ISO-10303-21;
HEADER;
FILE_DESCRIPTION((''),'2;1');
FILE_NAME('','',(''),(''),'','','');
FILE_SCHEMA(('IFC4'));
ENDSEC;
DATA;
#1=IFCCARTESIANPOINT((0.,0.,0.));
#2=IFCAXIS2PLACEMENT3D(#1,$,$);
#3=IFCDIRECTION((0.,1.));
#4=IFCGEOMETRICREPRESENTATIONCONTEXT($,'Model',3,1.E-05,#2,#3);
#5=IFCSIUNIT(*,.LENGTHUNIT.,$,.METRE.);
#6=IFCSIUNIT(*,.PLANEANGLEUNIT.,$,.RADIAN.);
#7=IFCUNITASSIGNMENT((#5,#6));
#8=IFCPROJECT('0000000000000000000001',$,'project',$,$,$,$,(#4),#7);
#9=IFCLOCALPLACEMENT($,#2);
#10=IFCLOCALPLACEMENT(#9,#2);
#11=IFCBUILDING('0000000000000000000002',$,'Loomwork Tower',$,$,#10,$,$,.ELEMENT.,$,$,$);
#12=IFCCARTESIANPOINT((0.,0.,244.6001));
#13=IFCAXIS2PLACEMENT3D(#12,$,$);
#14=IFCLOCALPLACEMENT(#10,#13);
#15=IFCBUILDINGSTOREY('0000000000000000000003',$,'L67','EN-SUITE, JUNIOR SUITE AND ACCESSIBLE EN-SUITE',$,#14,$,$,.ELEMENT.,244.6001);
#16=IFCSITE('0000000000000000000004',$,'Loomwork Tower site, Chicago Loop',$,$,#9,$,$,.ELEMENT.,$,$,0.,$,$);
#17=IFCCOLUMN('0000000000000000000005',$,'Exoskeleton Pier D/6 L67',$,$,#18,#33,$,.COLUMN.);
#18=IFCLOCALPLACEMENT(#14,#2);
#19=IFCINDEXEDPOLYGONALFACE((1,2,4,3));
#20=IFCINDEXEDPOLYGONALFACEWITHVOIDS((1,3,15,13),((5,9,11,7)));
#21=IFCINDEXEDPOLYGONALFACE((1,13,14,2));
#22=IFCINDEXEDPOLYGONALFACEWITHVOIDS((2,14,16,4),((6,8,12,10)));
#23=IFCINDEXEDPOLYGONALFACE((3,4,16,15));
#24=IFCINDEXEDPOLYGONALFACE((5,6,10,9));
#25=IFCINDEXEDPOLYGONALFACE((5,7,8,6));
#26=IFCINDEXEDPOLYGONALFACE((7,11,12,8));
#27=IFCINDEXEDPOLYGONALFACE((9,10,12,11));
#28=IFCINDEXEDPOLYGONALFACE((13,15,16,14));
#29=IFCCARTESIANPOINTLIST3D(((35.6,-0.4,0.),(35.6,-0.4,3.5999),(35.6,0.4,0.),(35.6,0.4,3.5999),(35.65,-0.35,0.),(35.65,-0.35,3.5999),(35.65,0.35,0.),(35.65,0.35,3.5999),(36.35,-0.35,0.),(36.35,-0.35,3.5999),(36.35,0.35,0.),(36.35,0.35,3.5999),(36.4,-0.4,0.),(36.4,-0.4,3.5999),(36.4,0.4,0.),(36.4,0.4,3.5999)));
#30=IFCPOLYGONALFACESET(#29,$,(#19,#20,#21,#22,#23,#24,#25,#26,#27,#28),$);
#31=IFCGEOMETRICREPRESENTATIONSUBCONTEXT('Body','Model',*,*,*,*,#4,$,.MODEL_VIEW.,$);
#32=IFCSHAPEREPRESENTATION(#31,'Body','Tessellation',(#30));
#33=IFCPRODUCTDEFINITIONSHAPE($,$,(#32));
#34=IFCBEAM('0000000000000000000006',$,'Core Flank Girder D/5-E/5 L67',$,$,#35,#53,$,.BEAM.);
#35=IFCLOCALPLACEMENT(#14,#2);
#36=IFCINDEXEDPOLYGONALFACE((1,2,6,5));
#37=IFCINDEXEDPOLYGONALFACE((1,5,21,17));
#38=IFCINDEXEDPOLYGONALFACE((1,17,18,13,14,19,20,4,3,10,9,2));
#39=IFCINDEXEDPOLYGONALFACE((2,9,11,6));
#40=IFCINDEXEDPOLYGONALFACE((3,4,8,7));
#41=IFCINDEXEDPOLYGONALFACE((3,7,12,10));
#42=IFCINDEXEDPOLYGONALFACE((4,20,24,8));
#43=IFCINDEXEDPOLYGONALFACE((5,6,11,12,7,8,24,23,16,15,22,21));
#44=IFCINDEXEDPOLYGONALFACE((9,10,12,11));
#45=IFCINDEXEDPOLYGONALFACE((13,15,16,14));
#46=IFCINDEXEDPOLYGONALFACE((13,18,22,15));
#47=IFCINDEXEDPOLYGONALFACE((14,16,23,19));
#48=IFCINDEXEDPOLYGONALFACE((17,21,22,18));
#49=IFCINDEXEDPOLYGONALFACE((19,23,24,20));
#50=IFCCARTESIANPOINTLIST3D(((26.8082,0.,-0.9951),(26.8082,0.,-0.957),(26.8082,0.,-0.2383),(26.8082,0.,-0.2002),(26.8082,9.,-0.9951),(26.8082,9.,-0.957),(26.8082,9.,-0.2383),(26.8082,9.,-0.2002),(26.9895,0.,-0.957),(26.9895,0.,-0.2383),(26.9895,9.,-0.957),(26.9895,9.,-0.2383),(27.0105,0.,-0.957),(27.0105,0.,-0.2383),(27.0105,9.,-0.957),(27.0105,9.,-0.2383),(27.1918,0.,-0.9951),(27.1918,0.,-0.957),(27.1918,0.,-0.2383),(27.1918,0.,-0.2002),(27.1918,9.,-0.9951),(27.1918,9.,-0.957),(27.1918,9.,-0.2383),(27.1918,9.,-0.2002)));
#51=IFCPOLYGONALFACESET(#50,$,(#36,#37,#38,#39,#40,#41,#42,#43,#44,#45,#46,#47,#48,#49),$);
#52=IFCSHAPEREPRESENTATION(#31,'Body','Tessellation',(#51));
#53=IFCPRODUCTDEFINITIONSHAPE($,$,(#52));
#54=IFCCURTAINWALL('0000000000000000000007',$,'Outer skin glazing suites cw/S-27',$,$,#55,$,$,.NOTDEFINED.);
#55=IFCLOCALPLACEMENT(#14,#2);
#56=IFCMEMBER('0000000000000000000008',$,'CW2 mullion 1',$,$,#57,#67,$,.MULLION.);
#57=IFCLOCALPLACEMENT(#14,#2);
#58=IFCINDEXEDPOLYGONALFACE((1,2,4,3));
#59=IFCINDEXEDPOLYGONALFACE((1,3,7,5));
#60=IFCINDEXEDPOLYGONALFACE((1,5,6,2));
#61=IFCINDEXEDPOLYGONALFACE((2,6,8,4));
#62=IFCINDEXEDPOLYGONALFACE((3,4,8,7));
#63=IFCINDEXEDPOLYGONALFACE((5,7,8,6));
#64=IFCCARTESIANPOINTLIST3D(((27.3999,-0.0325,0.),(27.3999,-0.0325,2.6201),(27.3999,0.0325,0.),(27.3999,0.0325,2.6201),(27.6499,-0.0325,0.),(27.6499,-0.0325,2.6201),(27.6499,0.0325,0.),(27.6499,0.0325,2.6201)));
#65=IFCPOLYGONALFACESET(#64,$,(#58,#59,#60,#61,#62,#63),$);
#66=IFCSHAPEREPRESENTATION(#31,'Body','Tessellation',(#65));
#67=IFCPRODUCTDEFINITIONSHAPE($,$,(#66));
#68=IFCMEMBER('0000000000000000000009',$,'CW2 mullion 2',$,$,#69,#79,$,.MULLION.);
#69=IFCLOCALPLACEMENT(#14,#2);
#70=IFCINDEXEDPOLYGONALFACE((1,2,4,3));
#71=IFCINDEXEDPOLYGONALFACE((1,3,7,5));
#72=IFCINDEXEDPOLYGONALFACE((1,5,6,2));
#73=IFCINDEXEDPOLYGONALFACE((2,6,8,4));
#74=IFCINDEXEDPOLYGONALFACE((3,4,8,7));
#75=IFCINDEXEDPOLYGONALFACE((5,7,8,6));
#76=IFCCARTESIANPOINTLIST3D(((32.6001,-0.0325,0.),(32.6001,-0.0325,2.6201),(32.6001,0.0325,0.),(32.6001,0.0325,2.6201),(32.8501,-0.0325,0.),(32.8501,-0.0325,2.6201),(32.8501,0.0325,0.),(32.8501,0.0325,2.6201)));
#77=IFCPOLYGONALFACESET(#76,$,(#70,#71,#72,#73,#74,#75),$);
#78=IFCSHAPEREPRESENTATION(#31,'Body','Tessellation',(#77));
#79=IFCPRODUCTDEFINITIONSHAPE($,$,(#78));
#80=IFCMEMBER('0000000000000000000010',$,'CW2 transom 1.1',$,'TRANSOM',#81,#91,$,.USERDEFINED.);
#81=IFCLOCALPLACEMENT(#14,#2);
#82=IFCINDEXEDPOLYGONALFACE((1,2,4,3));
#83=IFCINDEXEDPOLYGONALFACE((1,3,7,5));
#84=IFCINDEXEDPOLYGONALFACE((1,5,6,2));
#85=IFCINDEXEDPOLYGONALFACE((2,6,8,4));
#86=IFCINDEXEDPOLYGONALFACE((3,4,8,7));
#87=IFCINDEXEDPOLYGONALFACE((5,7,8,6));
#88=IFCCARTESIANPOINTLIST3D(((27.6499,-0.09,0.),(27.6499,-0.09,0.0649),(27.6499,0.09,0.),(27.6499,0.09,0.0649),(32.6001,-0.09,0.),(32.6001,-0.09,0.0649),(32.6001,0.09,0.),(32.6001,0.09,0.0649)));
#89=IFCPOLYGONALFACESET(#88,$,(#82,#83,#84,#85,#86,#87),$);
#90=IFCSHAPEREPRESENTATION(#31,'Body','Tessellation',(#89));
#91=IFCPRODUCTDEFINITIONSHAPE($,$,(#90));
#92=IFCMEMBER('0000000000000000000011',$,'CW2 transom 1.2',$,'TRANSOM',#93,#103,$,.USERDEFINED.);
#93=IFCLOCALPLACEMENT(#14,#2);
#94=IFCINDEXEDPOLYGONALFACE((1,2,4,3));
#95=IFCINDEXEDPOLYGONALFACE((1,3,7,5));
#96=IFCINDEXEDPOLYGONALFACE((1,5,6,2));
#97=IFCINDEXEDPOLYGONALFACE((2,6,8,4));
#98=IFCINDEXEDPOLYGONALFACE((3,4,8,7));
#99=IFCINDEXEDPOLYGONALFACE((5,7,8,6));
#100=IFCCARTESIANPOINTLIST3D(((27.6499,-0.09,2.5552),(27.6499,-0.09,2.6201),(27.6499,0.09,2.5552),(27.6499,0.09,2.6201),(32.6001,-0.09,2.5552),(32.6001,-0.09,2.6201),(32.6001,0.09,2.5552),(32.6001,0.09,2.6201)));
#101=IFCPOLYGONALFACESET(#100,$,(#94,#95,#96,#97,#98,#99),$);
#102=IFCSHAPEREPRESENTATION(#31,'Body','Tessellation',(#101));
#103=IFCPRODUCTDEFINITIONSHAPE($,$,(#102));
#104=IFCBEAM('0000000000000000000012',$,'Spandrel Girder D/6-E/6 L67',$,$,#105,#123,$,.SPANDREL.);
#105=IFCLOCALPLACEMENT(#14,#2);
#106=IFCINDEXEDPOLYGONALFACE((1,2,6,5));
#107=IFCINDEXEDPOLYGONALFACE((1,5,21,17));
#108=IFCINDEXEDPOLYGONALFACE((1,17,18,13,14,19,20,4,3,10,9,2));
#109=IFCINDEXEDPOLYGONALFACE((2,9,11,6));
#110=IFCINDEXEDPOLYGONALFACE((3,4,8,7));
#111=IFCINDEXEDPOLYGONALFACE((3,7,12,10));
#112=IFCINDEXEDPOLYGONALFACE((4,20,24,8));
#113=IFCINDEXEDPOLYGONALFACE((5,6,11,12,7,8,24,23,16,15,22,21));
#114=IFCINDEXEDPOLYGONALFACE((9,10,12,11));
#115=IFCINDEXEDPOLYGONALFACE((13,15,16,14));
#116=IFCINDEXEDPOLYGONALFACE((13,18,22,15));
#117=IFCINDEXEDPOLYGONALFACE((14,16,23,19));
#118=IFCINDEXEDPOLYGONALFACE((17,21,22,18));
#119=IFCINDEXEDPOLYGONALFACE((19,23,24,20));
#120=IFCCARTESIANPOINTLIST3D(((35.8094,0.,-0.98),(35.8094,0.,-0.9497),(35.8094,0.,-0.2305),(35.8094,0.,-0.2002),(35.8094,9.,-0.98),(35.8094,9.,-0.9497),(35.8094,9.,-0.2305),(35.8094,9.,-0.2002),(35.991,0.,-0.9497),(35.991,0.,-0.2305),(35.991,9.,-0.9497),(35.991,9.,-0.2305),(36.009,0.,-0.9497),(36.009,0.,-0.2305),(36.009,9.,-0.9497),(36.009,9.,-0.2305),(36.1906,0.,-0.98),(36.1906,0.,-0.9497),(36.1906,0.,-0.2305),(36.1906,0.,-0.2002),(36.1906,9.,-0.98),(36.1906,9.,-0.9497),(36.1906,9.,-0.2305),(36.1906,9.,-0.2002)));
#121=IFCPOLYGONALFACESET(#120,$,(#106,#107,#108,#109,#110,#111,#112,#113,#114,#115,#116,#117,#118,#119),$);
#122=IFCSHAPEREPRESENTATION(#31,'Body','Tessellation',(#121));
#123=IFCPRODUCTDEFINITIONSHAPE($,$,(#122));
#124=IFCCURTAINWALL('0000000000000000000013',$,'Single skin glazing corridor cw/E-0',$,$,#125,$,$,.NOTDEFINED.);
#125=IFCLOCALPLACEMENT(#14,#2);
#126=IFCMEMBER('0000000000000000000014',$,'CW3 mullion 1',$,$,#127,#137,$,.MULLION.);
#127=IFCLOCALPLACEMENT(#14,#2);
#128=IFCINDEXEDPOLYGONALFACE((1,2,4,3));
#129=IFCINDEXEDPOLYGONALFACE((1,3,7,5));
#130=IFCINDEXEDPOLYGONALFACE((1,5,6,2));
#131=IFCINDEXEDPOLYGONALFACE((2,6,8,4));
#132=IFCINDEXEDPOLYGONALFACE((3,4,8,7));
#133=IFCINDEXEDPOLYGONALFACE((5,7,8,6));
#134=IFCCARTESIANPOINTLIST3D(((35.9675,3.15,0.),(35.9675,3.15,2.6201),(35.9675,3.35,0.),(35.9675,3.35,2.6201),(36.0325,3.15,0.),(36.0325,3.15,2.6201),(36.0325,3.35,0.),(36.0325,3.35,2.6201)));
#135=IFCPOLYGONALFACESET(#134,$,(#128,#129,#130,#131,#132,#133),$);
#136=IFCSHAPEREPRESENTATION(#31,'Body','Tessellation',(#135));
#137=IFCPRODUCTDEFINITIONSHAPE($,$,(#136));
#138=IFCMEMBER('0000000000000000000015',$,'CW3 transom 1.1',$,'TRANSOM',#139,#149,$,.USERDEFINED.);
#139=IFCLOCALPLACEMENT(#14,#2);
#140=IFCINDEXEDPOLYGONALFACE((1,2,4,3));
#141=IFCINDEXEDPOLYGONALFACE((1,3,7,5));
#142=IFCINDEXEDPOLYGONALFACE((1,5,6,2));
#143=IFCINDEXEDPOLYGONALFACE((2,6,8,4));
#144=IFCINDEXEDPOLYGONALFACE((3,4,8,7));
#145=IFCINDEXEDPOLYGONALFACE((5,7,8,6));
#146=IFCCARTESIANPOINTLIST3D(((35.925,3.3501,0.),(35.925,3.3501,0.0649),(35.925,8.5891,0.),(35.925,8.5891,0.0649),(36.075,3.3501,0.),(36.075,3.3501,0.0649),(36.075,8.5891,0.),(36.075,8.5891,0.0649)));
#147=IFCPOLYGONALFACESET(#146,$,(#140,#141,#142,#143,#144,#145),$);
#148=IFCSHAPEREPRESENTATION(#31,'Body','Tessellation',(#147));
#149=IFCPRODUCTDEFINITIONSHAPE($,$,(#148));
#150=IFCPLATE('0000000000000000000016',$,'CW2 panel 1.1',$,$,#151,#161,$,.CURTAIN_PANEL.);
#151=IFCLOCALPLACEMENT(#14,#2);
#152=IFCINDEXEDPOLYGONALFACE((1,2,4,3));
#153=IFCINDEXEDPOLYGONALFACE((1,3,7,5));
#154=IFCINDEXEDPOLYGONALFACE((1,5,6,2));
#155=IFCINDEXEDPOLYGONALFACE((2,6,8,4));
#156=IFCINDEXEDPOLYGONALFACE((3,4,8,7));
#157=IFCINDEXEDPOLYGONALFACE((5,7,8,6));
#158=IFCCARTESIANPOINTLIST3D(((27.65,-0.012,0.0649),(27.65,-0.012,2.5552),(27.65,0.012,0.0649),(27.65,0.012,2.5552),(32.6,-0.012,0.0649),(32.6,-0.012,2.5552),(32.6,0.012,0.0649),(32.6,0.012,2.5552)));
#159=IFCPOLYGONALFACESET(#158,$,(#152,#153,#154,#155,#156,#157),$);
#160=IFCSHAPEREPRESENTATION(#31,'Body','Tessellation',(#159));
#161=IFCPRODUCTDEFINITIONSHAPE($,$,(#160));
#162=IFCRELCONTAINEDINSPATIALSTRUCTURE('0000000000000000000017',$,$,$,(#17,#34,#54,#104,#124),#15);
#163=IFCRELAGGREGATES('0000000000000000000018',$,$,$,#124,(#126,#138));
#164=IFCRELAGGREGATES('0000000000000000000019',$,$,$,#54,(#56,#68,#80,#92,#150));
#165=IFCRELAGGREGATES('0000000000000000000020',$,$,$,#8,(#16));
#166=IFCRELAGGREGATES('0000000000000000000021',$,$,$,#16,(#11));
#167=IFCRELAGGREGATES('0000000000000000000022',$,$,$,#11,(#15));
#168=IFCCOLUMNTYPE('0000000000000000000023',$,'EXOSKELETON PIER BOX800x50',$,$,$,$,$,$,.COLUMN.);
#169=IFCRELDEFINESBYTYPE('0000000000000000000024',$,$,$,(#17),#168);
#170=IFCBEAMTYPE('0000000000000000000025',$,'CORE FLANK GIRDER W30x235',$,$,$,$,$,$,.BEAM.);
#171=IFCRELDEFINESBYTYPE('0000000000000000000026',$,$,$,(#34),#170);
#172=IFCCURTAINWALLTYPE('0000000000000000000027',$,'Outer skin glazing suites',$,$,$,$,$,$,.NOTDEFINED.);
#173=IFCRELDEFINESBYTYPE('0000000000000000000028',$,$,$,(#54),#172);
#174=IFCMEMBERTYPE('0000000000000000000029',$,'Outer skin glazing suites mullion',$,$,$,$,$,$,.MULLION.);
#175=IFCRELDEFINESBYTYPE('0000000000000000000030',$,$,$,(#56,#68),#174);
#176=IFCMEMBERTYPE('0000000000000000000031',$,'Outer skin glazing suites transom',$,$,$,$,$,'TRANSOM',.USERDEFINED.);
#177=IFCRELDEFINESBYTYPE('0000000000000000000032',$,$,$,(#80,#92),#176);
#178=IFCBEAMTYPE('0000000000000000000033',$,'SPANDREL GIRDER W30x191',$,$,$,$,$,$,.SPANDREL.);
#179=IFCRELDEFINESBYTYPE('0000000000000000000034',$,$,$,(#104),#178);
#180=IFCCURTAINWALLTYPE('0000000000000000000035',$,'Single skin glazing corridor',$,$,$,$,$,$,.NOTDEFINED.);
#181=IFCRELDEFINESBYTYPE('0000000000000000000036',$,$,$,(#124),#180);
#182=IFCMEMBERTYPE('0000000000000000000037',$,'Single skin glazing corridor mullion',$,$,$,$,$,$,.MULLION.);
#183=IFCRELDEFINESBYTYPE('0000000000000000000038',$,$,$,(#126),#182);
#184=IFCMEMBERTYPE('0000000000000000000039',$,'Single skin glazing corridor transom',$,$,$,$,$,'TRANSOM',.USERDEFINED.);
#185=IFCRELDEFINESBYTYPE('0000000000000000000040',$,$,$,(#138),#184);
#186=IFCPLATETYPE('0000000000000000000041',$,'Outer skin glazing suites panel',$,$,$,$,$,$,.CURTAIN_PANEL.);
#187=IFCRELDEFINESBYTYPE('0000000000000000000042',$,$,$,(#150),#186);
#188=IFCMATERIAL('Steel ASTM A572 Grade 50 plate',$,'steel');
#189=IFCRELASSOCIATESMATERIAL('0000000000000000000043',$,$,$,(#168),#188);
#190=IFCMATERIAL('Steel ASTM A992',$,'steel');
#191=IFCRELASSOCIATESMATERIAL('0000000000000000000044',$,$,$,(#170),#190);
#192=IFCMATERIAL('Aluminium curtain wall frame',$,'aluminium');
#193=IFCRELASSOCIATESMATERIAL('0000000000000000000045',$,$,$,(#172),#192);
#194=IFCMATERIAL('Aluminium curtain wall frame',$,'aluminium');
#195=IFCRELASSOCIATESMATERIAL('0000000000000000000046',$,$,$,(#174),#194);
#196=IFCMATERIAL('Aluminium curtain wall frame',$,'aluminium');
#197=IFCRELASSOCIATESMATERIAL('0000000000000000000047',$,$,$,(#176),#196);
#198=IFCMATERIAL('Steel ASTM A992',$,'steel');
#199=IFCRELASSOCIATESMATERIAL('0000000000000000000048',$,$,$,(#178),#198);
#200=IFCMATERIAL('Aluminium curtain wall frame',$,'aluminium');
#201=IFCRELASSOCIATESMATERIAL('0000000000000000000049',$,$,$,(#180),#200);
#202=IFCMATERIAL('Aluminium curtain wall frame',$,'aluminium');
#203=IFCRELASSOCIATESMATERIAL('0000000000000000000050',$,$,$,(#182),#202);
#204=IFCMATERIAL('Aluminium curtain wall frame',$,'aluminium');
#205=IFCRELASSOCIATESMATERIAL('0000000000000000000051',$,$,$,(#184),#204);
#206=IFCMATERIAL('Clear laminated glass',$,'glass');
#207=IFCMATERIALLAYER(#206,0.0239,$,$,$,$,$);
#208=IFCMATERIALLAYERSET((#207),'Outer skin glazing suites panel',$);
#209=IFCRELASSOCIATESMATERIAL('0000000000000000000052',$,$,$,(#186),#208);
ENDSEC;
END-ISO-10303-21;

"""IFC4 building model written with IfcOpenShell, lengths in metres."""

from ifc_helpers import new_model, si_unit, direction, frame, origin, origin_2d, place, context, subcontext, project, spatial, rectangle, hollow_rectangle, i_section, extrude, material, layer, layer_set, material_profile, profile_set, type_object, element, aggregate, save


model = new_model("IFC4")

# Units and contexts
model_context = context("Model", 3, precision=1e-05, world=origin(), true_north=direction((0.0, 1.0)))
body_context = subcontext(model_context, "Body", "Model", "MODEL_VIEW")
ifc_project = project(units=[si_unit("LENGTHUNIT", "METRE"), si_unit("PLANEANGLEUNIT", "RADIAN")], contexts=[model_context])

# Site, building, storey
site_placement = place(None, origin())
site = spatial("IfcSite", under=ifc_project, at=site_placement, Name="Loomwork Tower site, Chicago Loop", CompositionType="ELEMENT", RefElevation=0.0)
building_placement = place(site_placement, origin())
building = spatial("IfcBuilding", under=site, at=building_placement, Name="Loomwork Tower", CompositionType="ELEMENT")
storey_placement = place(building_placement, frame((0.0, 0.0, 244.6001)))
storey = spatial("IfcBuildingStorey", under=building, at=storey_placement, Name="L67", Description="EN-SUITE, JUNIOR SUITE AND ACCESSIBLE EN-SUITE", CompositionType="ELEMENT", Elevation=244.6001)

# Column
ifc_material_1 = material(Name="Steel ASTM A572 Grade 50 plate", Category="steel")
ifc_material_profile_1 = material_profile(ifc_material_1, hollow_rectangle(XDim=0.8, YDim=0.8, WallThickness=0.05, at=origin_2d()), Name="BOX800x50")
ifc_profile_set_1 = profile_set([ifc_material_profile_1], Name="Steel ASTM A572 Grade 50 plate")
column_type = type_object("IfcColumnType", Name="EXOSKELETON PIER BOX800x50", PredefinedType="COLUMN", material=ifc_profile_set_1)
column_placement = place(storey_placement, frame((36.0, 0.0, 0.0), z_axis=(0.0, 0.0, 1.0), x_axis=(1.0, 0.0, 0.0)))
element("IfcColumn", 1, at=column_placement, inside=storey, type_object=column_type, Name="Exoskeleton Pier D/6 L67", PredefinedType="COLUMN", context=body_context, shape_type="SweptSolid", body=[
    extrude(hollow_rectangle(XDim=0.8, YDim=0.8, WallThickness=0.05, at=origin_2d()), origin(), (0.0, 0.0, 1.0), 3.5999),
])

# Beam
ifc_material_2 = material(Name="Steel ASTM A992", Category="steel")
ifc_material_profile_2 = material_profile(ifc_material_2, i_section(OverallWidth=0.3835, OverallDepth=0.7949, WebThickness=0.021, FlangeThickness=0.0381, at=origin_2d()), Name="W30x235")
ifc_profile_set_2 = profile_set([ifc_material_profile_2], Name="Steel ASTM A992")
beam_type_1 = type_object("IfcBeamType", Name="CORE FLANK GIRDER W30x235", PredefinedType="BEAM", material=ifc_profile_set_2)
beam_1_placement = place(storey_placement, frame((27.0, 0.0, -0.5977), z_axis=(0.0, 1.0, 0.0), x_axis=(-1.0, 0.0, 0.0)))
element("IfcBeam", 2, at=beam_1_placement, inside=storey, type_object=beam_type_1, Name="Core Flank Girder D/5-E/5 L67", PredefinedType="BEAM", context=body_context, shape_type="SweptSolid", body=[
    extrude(i_section(OverallWidth=0.3835, OverallDepth=0.7949, WebThickness=0.021, FlangeThickness=0.0381, at=origin_2d()), origin(), (0.0, 0.0, 1.0), 9.0),
])

# Curtain wall, members
ifc_material_3 = material(Name="Aluminium curtain wall frame", Category="aluminium")
curtain_wall_type_1 = type_object("IfcCurtainWallType", Name="Outer skin glazing suites", PredefinedType="NOTDEFINED", material=ifc_material_3)
curtain_wall_1_placement = place(storey_placement, origin())
curtain_wall_1 = element("IfcCurtainWall", 3, at=curtain_wall_1_placement, inside=storey, type_object=curtain_wall_type_1, Name="Outer skin glazing suites cw/S-27", PredefinedType="NOTDEFINED")
ifc_material_4 = material(Name="Aluminium curtain wall frame", Category="aluminium")
ifc_material_profile_3 = material_profile(ifc_material_4, rectangle(XDim=0.0649, YDim=0.25, at=origin_2d()), Name="AL 65x250")
ifc_profile_set_3 = profile_set([ifc_material_profile_3], Name="Aluminium curtain wall frame")
member_type_1 = type_object("IfcMemberType", Name="Outer skin glazing suites mullion", PredefinedType="MULLION", material=ifc_profile_set_3)
member_1_placement = place(storey_placement, frame((27.5249, 0.0, 0.0), z_axis=(0.0, 0.0, 1.0), x_axis=(0.0, 1.0, 0.0)))
member_1 = element("IfcMember", 4, at=member_1_placement, type_object=member_type_1, Name="CW2 mullion 1", PredefinedType="MULLION", context=body_context, shape_type="SweptSolid", body=[
    extrude(rectangle(XDim=0.0649, YDim=0.25, at=origin_2d()), origin(), (0.0, 0.0, 1.0), 2.6201),
])
member_2_placement = place(storey_placement, frame((32.7251, 0.0, 0.0), z_axis=(0.0, 0.0, 1.0), x_axis=(0.0, 1.0, 0.0)))
member_2 = element("IfcMember", 5, at=member_2_placement, type_object=member_type_1, Name="CW2 mullion 2", PredefinedType="MULLION", context=body_context, shape_type="SweptSolid", body=[
    extrude(rectangle(XDim=0.0649, YDim=0.25, at=origin_2d()), origin(), (0.0, 0.0, 1.0), 2.6201),
])
ifc_material_5 = material(Name="Aluminium curtain wall frame", Category="aluminium")
ifc_material_profile_4 = material_profile(ifc_material_5, rectangle(XDim=0.1799, YDim=0.0649, at=origin_2d()), Name="AL 65x180")
ifc_profile_set_4 = profile_set([ifc_material_profile_4], Name="Aluminium curtain wall frame")
member_type_2 = type_object("IfcMemberType", Name="Outer skin glazing suites transom", ElementType="TRANSOM", PredefinedType="USERDEFINED", material=ifc_profile_set_4)
member_3_placement = place(storey_placement, frame((27.6499, 0.0, 0.0325), z_axis=(1.0, 0.0, 0.0), x_axis=(0.0, 1.0, 0.0)))
member_3 = element("IfcMember", 6, at=member_3_placement, type_object=member_type_2, Name="CW2 transom 1.1", ObjectType="TRANSOM", PredefinedType="USERDEFINED", context=body_context, shape_type="SweptSolid", body=[
    extrude(rectangle(XDim=0.1799, YDim=0.0649, at=origin_2d()), origin(), (0.0, 0.0, 1.0), 4.9502),
])
member_4_placement = place(storey_placement, frame((27.6499, 0.0, 2.5876), z_axis=(1.0, 0.0, 0.0), x_axis=(0.0, 1.0, 0.0)))
member_4 = element("IfcMember", 7, at=member_4_placement, type_object=member_type_2, Name="CW2 transom 1.2", ObjectType="TRANSOM", PredefinedType="USERDEFINED", context=body_context, shape_type="SweptSolid", body=[
    extrude(rectangle(XDim=0.1799, YDim=0.0649, at=origin_2d()), origin(), (0.0, 0.0, 1.0), 4.9502),
])

# Beam
ifc_material_6 = material(Name="Steel ASTM A992", Category="steel")
ifc_material_profile_5 = material_profile(ifc_material_6, i_section(OverallWidth=0.3811, OverallDepth=0.7798, WebThickness=0.0181, FlangeThickness=0.0303, at=origin_2d()), Name="W30x191")
ifc_profile_set_5 = profile_set([ifc_material_profile_5], Name="Steel ASTM A992")
beam_type_2 = type_object("IfcBeamType", Name="SPANDREL GIRDER W30x191", PredefinedType="SPANDREL", material=ifc_profile_set_5)
beam_2_placement = place(storey_placement, frame((36.0, 0.0, -0.5901), z_axis=(0.0, 1.0, 0.0), x_axis=(-1.0, 0.0, 0.0)))
element("IfcBeam", 8, at=beam_2_placement, inside=storey, type_object=beam_type_2, Name="Spandrel Girder D/6-E/6 L67", PredefinedType="SPANDREL", context=body_context, shape_type="SweptSolid", body=[
    extrude(i_section(OverallWidth=0.3811, OverallDepth=0.7798, WebThickness=0.0181, FlangeThickness=0.0303, at=origin_2d()), origin(), (0.0, 0.0, 1.0), 9.0),
])

# Curtain wall, members
ifc_material_7 = material(Name="Aluminium curtain wall frame", Category="aluminium")
curtain_wall_type_2 = type_object("IfcCurtainWallType", Name="Single skin glazing corridor", PredefinedType="NOTDEFINED", material=ifc_material_7)
curtain_wall_2_placement = place(storey_placement, origin())
curtain_wall_2 = element("IfcCurtainWall", 9, at=curtain_wall_2_placement, inside=storey, type_object=curtain_wall_type_2, Name="Single skin glazing corridor cw/E-0", PredefinedType="NOTDEFINED")
ifc_material_8 = material(Name="Aluminium curtain wall frame", Category="aluminium")
ifc_material_profile_6 = material_profile(ifc_material_8, rectangle(XDim=0.0649, YDim=0.2, at=origin_2d()), Name="AL 65x200")
ifc_profile_set_6 = profile_set([ifc_material_profile_6], Name="Aluminium curtain wall frame")
member_type_3 = type_object("IfcMemberType", Name="Single skin glazing corridor mullion", PredefinedType="MULLION", material=ifc_profile_set_6)
member_5_placement = place(storey_placement, frame((36.0, 3.25, 0.0), z_axis=(0.0, 0.0, 1.0), x_axis=(-1.0, 0.0, 0.0)))
member_5 = element("IfcMember", 10, at=member_5_placement, type_object=member_type_3, Name="CW3 mullion 1", PredefinedType="MULLION", context=body_context, shape_type="SweptSolid", body=[
    extrude(rectangle(XDim=0.0649, YDim=0.2, at=origin_2d()), origin(), (0.0, 0.0, 1.0), 2.6201),
])
ifc_material_9 = material(Name="Aluminium curtain wall frame", Category="aluminium")
ifc_material_profile_7 = material_profile(ifc_material_9, rectangle(XDim=0.1499, YDim=0.0649, at=origin_2d()), Name="AL 65x150")
ifc_profile_set_7 = profile_set([ifc_material_profile_7], Name="Aluminium curtain wall frame")
member_type_4 = type_object("IfcMemberType", Name="Single skin glazing corridor transom", ElementType="TRANSOM", PredefinedType="USERDEFINED", material=ifc_profile_set_7)
member_6_placement = place(storey_placement, frame((36.0, 3.3501, 0.0325), z_axis=(0.0, 1.0, 0.0), x_axis=(-1.0, 0.0, 0.0)))
member_6 = element("IfcMember", 11, at=member_6_placement, type_object=member_type_4, Name="CW3 transom 1.1", ObjectType="TRANSOM", PredefinedType="USERDEFINED", context=body_context, shape_type="SweptSolid", body=[
    extrude(rectangle(XDim=0.1499, YDim=0.0649, at=origin_2d()), origin(), (0.0, 0.0, 1.0), 5.239),
])
aggregate(curtain_wall_2, [member_5, member_6])

# Plate
ifc_material_10 = material(Name="Clear laminated glass", Category="glass")
ifc_layer_1 = layer(ifc_material_10, 0.0239)
ifc_layer_set_1 = layer_set([ifc_layer_1], Name="Outer skin glazing suites panel")
plate_type = type_object("IfcPlateType", Name="Outer skin glazing suites panel", PredefinedType="CURTAIN_PANEL", material=ifc_layer_set_1)
plate_placement = place(storey_placement, frame((30.125, 0.0, 0.0649), z_axis=(0.0, 0.0, 1.0), x_axis=(1.0, 0.0, 0.0)))
plate = element("IfcPlate", 12, at=plate_placement, type_object=plate_type, Name="CW2 panel 1.1", PredefinedType="CURTAIN_PANEL", context=body_context, shape_type="SweptSolid", body=[
    extrude(rectangle(XDim=4.95, YDim=0.0239, at=origin_2d()), origin(), (0.0, 0.0, 1.0), 2.4902),
])
aggregate(curtain_wall_1, [member_1, member_2, member_3, member_4, plate])

save(model, "model.ifc")
